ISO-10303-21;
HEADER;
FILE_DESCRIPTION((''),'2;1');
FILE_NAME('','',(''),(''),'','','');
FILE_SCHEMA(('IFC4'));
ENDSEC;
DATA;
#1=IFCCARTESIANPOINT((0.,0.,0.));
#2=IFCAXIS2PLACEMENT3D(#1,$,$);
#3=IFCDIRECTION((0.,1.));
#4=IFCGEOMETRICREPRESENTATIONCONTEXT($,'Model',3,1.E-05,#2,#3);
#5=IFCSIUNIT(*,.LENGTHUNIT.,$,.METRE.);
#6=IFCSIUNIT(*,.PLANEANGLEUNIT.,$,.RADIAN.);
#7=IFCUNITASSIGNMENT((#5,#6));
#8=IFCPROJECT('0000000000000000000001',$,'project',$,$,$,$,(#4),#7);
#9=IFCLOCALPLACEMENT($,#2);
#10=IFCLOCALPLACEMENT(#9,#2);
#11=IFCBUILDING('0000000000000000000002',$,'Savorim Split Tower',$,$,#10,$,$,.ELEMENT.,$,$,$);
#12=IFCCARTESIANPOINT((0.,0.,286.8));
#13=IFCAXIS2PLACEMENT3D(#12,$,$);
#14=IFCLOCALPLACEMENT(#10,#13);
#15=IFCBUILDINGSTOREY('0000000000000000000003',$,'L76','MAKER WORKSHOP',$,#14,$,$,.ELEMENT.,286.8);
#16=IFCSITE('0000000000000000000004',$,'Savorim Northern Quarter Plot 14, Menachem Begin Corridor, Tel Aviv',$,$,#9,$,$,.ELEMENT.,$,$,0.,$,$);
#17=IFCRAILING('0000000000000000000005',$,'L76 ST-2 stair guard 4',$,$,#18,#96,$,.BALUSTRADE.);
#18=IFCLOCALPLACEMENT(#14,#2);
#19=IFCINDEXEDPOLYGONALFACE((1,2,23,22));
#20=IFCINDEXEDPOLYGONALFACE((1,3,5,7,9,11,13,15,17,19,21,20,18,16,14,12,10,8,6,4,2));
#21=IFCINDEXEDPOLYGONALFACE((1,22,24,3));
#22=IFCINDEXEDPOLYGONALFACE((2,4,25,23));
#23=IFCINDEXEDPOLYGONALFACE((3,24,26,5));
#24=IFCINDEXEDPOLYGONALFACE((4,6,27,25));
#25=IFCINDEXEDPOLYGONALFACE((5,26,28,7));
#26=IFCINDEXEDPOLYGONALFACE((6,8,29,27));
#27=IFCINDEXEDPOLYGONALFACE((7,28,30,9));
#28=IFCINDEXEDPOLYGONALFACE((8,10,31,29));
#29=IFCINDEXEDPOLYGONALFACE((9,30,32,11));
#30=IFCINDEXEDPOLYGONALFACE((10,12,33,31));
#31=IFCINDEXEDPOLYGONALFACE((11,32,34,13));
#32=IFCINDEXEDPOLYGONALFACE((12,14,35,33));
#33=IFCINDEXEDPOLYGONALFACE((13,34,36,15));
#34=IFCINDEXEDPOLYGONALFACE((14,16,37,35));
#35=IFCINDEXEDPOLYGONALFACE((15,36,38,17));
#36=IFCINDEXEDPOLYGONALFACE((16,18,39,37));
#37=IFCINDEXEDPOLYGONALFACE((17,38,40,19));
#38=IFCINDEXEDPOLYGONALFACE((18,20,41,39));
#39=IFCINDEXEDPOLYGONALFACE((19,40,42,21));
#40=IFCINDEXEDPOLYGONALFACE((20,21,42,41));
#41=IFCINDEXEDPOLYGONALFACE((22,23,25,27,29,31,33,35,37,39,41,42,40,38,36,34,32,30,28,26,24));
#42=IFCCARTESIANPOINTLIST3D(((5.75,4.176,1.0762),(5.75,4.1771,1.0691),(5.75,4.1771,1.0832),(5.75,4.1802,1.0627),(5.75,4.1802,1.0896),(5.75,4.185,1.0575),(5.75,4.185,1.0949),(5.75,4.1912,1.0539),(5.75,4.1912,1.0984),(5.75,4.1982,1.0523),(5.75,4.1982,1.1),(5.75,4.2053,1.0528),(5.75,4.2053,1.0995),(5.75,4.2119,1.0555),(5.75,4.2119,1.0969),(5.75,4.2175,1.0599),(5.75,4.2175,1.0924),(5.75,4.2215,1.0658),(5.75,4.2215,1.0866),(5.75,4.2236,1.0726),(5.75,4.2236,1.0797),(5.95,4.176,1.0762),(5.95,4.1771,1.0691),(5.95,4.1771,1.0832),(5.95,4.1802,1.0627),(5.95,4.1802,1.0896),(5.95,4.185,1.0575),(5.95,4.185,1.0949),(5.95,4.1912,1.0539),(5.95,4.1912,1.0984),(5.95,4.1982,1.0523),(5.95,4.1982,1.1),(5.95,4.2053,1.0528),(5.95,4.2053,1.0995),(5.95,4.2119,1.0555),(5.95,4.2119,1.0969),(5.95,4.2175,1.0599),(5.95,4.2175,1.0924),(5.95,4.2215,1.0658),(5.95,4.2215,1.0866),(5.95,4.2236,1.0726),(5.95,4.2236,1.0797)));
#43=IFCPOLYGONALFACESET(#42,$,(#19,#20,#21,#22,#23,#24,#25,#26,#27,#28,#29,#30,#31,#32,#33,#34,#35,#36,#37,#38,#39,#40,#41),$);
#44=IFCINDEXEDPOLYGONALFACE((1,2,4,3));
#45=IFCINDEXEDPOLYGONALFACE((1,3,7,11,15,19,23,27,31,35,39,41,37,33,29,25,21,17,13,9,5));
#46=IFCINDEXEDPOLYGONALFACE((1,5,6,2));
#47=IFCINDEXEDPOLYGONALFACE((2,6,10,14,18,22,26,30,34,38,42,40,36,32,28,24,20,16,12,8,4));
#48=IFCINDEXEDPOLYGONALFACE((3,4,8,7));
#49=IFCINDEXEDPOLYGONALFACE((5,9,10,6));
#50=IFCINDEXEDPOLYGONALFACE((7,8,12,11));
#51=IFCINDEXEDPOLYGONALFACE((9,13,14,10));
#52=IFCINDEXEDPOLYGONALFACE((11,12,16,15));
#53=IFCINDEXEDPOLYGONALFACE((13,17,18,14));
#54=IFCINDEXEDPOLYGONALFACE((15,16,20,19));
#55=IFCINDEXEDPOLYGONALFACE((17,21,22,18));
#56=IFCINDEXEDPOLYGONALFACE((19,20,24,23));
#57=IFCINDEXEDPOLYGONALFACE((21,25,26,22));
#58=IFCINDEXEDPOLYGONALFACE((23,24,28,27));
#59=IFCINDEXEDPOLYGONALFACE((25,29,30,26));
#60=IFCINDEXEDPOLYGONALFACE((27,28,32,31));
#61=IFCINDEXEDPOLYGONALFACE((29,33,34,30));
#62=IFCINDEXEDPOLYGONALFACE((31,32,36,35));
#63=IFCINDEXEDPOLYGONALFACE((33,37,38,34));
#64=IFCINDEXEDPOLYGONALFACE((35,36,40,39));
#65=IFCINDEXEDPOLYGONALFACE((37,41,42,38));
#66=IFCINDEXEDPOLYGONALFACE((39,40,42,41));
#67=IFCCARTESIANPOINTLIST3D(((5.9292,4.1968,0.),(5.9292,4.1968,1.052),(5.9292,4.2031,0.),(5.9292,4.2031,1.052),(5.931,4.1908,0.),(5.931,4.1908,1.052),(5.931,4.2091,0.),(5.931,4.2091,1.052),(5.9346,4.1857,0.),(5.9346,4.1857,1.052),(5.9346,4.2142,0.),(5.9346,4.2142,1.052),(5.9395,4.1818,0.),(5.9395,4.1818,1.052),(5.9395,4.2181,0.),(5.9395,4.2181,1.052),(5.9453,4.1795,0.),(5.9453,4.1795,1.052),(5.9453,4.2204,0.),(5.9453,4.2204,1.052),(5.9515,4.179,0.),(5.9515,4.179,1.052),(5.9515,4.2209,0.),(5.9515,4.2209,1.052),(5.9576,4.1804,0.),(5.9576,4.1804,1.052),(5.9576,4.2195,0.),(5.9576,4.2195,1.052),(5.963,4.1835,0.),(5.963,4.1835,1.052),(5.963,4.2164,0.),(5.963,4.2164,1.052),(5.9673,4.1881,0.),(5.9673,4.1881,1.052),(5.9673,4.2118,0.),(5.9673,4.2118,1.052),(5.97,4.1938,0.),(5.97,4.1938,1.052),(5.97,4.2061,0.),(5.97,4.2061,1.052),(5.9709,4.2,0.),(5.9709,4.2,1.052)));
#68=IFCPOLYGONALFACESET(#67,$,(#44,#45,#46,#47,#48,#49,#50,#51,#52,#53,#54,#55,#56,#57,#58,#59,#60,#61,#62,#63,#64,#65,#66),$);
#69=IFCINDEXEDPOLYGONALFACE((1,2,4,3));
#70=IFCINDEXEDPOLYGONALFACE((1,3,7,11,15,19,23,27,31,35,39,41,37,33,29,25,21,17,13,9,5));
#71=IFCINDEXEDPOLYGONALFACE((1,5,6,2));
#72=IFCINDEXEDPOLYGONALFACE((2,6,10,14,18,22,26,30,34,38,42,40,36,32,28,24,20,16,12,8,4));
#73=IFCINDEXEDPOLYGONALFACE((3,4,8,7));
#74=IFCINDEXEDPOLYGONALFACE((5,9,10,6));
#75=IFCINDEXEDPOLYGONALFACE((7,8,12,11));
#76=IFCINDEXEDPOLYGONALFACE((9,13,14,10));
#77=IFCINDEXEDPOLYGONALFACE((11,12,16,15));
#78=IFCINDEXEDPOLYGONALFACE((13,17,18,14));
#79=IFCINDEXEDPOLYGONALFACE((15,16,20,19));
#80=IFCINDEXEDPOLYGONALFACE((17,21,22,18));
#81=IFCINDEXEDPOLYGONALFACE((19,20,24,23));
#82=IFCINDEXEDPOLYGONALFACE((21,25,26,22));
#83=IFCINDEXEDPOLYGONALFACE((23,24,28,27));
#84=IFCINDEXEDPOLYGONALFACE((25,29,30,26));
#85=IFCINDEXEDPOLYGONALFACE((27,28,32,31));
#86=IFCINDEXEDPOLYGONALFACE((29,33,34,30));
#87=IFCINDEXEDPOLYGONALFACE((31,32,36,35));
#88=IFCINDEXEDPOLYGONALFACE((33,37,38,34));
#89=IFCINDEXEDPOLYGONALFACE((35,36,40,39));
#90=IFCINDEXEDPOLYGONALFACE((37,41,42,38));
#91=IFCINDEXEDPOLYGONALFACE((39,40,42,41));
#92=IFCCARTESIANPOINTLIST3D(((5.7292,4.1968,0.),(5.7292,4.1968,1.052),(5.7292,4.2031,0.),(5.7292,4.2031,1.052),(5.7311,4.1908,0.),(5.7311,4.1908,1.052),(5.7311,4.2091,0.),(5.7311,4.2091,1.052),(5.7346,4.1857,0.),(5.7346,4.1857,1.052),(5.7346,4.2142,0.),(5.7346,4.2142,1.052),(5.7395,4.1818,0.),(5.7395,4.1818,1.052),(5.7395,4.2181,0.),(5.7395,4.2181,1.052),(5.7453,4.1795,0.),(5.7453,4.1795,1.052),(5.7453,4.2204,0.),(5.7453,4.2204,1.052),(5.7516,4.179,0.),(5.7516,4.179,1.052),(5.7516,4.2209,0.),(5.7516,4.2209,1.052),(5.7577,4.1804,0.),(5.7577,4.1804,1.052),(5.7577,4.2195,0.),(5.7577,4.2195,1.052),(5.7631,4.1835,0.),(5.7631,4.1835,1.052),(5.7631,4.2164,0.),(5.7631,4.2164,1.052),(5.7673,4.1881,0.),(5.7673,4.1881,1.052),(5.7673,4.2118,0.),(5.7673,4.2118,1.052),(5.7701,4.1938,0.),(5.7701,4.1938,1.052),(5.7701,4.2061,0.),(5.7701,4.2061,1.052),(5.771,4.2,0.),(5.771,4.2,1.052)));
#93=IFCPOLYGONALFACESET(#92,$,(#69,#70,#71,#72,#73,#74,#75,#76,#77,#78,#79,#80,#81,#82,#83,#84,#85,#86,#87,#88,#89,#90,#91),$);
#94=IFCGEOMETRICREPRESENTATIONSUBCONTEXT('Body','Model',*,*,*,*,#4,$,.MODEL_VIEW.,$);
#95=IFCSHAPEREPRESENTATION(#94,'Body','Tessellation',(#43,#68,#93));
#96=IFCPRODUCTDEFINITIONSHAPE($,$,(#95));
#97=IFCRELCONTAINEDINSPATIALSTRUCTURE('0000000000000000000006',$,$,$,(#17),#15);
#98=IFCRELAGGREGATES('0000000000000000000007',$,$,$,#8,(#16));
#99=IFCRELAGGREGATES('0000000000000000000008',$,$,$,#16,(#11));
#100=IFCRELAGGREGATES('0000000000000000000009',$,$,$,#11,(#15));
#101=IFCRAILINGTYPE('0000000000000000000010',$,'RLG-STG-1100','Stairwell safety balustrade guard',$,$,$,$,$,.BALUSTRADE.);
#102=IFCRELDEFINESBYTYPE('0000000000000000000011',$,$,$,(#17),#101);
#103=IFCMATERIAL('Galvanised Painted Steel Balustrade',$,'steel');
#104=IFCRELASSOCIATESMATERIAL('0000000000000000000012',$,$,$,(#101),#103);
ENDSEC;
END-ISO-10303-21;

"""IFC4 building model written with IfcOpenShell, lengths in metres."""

from ifc_helpers import new_model, si_unit, direction, frame, origin, origin_2d, place, context, subcontext, project, spatial, circle, extrude, material, type_object, element, save


model = new_model("IFC4")

# Units and contexts
model_context = context("Model", 3, precision=1e-05, world=origin(), true_north=direction((0.0, 1.0)))
body_context = subcontext(model_context, "Body", "Model", "MODEL_VIEW")
ifc_project = project(units=[si_unit("LENGTHUNIT", "METRE"), si_unit("PLANEANGLEUNIT", "RADIAN")], contexts=[model_context])

# Site, building, storey
site_placement = place(None, origin())
site = spatial("IfcSite", under=ifc_project, at=site_placement, Name="Savorim Northern Quarter Plot 14, Menachem Begin Corridor, Tel Aviv", CompositionType="ELEMENT", RefElevation=0.0)
building_placement = place(site_placement, origin())
building = spatial("IfcBuilding", under=site, at=building_placement, Name="Savorim Split Tower", CompositionType="ELEMENT")
storey_placement = place(building_placement, frame((0.0, 0.0, 286.8)))
storey = spatial("IfcBuildingStorey", under=building, at=storey_placement, Name="L76", Description="MAKER WORKSHOP", CompositionType="ELEMENT", Elevation=286.8)

# Railing
ifc_material_1 = material(Name="Galvanised Painted Steel Balustrade", Category="steel")
railing_type_1 = type_object("IfcRailingType", Name="RLG-STG-1100", Description="Stairwell safety balustrade guard", PredefinedType="BALUSTRADE", material=ifc_material_1)
railing_1_placement = place(storey_placement, frame((5.95, 4.2, 0.0)))
element("IfcRailing", 1, at=railing_1_placement, inside=storey, type_object=railing_type_1, Name="L76 ST-2 stair guard 4", PredefinedType="BALUSTRADE", context=body_context, shape_type="SweptSolid", body=[
    extrude(circle(Radius=0.0239, at=origin_2d()), frame((0.0, 0.0, 1.0762), z_axis=(-1.0, 0.0, 0.0), x_axis=(0.0, -1.0, 0.0)), (0.0, 0.0, 1.0), 0.2),
    extrude(circle(Radius=0.021, at=origin_2d()), origin(), (0.0, 0.0, 1.0), 1.052),
    extrude(circle(Radius=0.021, at=origin_2d()), frame((-0.2, 0.0, 0.0)), (0.0, 0.0, 1.0), 1.052),
])

save(model, "model.ifc")
